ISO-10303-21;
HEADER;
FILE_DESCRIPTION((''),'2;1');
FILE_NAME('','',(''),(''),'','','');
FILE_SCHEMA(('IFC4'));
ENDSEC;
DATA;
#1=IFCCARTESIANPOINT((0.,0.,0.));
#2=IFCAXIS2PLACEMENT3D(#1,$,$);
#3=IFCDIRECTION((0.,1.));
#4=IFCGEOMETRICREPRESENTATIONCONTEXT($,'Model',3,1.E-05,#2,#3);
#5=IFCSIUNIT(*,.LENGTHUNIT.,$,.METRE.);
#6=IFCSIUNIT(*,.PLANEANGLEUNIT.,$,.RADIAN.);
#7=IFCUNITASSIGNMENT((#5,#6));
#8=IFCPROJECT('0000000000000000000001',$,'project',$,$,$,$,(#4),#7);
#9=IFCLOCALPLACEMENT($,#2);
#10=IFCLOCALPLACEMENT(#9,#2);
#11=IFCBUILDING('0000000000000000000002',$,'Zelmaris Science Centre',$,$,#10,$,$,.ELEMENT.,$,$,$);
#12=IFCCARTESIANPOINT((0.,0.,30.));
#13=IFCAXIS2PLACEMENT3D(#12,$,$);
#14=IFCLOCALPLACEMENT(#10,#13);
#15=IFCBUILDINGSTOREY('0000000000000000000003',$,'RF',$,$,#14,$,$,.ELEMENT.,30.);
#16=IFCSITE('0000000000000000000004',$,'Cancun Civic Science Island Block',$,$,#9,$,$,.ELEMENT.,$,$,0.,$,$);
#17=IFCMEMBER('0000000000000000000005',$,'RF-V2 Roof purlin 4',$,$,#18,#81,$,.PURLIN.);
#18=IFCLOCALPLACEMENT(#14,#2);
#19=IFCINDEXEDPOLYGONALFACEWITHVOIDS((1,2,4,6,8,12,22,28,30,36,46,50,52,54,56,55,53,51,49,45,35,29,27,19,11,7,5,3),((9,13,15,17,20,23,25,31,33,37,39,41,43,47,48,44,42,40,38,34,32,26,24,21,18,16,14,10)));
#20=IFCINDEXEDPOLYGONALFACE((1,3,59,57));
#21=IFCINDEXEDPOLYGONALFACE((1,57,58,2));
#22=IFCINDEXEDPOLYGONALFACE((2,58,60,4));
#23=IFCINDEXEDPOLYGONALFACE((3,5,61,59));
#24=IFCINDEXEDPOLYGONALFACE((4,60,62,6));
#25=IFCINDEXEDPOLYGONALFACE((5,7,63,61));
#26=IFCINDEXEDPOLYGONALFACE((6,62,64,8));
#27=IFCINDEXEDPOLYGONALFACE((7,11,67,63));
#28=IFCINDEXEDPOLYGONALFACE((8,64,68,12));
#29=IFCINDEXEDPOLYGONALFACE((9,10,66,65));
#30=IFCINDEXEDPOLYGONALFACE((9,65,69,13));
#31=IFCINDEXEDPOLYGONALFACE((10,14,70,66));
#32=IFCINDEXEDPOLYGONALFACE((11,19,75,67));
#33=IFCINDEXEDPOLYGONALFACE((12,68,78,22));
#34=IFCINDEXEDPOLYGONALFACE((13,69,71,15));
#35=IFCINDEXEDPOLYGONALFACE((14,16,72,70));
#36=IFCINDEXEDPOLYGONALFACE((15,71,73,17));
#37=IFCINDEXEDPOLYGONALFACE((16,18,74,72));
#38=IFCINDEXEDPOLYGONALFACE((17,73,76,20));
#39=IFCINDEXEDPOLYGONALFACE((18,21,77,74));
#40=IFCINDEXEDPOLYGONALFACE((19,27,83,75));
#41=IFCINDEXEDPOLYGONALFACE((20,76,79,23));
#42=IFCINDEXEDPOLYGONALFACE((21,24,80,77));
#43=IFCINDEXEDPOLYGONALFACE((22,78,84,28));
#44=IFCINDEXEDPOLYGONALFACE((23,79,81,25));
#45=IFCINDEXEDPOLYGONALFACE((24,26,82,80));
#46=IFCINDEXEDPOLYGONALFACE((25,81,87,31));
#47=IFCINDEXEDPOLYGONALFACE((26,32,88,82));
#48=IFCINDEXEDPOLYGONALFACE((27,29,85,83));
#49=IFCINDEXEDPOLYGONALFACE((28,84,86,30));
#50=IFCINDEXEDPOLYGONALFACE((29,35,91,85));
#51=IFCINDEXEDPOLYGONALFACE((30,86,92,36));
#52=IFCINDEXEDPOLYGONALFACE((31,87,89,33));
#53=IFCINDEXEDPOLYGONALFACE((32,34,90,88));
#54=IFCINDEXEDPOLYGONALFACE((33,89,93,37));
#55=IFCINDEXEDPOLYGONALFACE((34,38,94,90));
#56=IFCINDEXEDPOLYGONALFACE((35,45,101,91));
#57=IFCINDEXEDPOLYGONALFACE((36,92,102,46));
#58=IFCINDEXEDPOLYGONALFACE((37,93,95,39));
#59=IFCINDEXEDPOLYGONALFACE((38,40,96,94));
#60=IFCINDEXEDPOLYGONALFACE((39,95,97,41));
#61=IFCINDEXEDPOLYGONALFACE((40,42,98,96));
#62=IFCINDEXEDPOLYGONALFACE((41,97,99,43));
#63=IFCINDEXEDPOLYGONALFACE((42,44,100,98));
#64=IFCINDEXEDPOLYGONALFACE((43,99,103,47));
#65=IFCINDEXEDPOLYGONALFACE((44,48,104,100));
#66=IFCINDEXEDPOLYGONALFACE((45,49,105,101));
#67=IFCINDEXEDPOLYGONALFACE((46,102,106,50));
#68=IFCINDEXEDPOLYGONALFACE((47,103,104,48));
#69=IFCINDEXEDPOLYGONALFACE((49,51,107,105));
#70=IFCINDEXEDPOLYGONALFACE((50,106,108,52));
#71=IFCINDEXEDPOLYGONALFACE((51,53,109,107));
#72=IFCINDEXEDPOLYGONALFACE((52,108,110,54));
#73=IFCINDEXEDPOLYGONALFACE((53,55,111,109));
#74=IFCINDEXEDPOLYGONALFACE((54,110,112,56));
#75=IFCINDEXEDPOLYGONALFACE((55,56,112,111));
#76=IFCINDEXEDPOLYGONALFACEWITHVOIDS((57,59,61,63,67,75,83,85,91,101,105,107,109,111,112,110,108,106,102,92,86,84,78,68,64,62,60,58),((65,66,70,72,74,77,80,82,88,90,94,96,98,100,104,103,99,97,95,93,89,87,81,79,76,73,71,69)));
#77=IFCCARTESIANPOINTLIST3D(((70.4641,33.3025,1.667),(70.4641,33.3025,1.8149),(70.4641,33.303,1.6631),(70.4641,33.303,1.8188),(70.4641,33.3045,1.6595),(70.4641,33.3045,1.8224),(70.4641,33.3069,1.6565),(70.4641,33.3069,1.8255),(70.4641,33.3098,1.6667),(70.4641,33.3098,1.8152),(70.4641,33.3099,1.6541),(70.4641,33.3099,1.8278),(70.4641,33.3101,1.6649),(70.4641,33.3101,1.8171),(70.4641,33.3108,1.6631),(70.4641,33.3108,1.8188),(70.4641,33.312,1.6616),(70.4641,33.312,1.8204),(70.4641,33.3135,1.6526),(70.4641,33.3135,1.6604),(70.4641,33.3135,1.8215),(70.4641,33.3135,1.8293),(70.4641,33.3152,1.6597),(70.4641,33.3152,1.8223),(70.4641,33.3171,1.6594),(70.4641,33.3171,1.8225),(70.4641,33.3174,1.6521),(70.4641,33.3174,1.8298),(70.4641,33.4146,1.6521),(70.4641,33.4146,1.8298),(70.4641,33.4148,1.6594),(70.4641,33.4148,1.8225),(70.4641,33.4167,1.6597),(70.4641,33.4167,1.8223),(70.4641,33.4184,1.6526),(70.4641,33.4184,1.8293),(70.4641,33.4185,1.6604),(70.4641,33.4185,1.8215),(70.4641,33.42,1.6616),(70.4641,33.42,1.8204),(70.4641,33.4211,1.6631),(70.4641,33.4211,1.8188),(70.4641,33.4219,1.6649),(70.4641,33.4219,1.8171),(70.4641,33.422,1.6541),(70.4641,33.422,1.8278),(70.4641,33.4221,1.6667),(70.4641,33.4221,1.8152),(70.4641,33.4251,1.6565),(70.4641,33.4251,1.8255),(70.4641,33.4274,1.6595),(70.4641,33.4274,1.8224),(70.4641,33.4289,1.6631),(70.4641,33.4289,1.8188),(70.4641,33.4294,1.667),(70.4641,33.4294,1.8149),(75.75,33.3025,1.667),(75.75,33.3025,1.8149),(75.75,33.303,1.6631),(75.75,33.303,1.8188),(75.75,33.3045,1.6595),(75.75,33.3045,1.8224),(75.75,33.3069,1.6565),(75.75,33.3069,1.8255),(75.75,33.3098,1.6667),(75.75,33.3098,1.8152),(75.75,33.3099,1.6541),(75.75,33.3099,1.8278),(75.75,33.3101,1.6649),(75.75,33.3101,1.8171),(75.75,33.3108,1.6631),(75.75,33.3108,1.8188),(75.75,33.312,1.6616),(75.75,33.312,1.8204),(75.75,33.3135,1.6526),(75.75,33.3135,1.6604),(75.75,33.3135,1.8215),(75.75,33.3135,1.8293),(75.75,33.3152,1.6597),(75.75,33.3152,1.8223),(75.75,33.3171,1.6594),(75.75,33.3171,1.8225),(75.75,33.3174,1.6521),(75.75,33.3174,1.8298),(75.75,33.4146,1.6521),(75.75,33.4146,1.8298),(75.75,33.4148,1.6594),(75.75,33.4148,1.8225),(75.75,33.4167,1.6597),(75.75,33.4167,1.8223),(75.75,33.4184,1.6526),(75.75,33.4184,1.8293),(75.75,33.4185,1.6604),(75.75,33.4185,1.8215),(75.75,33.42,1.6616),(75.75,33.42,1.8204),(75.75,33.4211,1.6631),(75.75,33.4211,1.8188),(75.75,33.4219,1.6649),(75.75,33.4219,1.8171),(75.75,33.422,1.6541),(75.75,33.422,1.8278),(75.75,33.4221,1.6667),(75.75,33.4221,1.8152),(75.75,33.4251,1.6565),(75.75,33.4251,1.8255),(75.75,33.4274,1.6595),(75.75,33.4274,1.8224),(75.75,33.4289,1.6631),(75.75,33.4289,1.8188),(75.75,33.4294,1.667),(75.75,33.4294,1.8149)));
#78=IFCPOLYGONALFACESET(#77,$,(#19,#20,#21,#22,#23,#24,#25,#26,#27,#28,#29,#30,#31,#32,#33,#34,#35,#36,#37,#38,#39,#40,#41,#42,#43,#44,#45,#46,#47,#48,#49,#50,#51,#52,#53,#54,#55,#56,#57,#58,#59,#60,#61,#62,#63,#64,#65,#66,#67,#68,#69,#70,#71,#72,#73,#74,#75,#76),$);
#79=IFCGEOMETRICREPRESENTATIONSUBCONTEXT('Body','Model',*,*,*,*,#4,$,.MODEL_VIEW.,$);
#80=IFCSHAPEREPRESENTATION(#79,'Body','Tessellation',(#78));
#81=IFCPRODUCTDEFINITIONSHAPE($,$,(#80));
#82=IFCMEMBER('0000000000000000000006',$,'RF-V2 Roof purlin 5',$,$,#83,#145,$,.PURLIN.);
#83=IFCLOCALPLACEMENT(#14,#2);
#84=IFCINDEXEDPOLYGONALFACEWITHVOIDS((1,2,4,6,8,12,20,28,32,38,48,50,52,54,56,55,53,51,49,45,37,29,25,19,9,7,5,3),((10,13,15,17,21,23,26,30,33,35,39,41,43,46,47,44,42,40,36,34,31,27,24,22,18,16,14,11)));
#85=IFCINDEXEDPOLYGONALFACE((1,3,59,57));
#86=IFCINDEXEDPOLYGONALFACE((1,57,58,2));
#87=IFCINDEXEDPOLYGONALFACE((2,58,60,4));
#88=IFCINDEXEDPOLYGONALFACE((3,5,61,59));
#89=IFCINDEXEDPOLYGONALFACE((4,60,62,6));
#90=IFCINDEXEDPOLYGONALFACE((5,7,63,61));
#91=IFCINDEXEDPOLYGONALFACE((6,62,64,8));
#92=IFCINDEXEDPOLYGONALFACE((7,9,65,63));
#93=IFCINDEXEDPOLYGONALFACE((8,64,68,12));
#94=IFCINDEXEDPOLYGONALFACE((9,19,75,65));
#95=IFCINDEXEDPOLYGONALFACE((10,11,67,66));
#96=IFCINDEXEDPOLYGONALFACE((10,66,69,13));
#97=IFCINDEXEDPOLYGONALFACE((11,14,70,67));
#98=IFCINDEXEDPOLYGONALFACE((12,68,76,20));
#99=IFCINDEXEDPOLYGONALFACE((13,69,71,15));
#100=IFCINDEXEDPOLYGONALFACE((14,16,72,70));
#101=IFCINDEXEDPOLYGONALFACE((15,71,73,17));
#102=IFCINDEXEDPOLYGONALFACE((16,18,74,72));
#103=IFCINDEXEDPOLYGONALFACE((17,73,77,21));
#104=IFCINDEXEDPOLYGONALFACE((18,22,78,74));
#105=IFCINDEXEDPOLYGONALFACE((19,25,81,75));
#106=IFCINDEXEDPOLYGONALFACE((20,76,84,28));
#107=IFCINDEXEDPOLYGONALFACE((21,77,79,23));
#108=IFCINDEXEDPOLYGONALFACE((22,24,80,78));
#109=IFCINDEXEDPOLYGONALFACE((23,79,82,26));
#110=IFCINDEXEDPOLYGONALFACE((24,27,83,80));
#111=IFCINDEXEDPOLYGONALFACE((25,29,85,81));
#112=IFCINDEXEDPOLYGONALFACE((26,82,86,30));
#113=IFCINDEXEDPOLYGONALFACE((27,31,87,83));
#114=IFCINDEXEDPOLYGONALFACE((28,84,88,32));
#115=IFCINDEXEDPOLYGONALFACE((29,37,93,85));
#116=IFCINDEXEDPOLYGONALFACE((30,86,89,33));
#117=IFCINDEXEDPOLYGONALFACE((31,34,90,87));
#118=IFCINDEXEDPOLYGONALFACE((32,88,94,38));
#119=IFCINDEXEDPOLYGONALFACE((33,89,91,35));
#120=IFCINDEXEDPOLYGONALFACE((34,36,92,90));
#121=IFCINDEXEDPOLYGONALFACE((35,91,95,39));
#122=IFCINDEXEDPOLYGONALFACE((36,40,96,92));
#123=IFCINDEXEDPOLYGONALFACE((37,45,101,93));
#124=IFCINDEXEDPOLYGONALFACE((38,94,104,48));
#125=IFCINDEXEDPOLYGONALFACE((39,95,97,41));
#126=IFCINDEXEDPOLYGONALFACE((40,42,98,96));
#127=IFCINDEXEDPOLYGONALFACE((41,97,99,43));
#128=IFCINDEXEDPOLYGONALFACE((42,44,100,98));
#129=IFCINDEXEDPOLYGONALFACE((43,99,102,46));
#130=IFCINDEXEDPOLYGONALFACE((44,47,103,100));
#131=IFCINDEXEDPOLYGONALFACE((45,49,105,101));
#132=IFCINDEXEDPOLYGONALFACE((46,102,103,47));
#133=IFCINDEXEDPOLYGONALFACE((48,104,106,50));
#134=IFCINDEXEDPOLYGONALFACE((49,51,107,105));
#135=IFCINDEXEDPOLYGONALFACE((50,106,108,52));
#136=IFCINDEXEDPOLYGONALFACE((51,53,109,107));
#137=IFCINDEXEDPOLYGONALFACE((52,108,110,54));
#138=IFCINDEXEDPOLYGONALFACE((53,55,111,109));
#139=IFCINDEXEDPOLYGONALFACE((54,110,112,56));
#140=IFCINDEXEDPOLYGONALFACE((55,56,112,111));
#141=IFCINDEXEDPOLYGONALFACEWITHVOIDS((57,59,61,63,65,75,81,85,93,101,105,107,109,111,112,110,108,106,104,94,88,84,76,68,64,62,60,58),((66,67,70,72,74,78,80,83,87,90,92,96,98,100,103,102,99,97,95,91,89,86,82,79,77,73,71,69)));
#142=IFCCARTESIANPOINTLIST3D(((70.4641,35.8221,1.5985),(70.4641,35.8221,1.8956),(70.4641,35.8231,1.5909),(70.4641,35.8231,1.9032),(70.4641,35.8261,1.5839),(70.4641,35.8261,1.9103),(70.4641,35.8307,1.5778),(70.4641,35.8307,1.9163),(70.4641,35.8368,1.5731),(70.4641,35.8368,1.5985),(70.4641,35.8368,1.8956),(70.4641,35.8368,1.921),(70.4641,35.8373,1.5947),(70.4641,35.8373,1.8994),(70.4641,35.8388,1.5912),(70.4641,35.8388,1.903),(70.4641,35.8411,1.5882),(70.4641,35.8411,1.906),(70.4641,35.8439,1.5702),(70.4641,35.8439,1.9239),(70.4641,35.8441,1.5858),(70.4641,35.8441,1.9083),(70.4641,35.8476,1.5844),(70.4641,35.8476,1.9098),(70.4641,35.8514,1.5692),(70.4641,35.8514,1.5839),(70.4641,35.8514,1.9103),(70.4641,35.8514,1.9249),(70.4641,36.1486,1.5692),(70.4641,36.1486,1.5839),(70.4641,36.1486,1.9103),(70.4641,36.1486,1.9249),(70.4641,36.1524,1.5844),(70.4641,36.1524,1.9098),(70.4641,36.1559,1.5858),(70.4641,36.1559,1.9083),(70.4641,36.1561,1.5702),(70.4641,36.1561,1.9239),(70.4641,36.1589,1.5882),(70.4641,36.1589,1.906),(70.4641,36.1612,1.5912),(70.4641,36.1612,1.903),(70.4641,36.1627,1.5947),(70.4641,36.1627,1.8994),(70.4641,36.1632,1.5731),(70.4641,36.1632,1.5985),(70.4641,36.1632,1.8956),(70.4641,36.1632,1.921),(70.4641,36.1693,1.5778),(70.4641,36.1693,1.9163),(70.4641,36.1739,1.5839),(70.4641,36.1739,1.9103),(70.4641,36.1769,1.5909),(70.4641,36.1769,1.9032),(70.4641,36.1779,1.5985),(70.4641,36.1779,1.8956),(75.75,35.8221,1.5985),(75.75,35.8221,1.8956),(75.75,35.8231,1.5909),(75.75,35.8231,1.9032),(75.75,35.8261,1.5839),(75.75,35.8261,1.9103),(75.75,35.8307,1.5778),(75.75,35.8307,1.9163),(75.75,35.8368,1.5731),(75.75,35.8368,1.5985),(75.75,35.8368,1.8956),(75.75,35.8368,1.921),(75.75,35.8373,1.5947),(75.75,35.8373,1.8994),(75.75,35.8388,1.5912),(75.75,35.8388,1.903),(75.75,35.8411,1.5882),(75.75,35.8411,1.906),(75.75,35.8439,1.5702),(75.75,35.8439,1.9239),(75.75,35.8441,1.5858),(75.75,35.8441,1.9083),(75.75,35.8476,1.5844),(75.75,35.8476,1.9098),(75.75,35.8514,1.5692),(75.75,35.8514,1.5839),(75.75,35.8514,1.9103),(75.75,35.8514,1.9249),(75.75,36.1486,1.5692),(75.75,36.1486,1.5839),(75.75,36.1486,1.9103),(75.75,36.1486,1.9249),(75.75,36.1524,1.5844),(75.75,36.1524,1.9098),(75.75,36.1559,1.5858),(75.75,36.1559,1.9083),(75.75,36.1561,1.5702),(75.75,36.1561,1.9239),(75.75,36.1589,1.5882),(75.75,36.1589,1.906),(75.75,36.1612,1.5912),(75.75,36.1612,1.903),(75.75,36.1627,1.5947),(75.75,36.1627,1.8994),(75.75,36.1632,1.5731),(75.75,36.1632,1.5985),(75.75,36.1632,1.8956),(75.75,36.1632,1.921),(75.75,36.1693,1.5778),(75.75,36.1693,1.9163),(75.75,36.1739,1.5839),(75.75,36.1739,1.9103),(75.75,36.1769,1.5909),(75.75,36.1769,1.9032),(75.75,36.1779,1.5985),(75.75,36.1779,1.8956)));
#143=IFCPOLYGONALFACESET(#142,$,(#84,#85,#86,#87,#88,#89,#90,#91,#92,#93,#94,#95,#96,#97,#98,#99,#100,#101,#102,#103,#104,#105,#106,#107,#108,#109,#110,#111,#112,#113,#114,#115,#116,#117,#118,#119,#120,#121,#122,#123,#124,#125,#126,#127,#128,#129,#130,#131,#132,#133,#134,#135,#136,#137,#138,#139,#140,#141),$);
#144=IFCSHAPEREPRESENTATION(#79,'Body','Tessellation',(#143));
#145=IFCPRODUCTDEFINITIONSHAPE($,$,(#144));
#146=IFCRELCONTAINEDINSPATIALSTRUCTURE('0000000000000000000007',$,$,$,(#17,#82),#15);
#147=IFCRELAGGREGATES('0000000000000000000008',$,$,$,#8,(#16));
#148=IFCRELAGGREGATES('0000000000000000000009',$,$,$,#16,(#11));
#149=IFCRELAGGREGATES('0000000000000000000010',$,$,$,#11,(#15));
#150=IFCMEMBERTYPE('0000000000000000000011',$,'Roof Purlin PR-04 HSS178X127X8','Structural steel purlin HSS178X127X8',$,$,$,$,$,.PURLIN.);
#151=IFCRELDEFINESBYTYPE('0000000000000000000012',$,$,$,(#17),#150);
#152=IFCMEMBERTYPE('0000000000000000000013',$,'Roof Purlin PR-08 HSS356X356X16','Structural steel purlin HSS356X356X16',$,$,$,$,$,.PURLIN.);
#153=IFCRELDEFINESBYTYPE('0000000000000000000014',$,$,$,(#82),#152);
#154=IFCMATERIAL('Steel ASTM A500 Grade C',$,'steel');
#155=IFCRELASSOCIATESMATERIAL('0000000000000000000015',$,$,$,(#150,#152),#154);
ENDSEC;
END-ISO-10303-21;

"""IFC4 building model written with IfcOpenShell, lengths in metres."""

from ifc_helpers import new_model, si_unit, direction, frame, origin, origin_2d, place, context, subcontext, project, spatial, hollow_rectangle, extrude, material, material_profile, profile_set, type_object, element, save


model = new_model("IFC4")

# Units and contexts
model_context = context("Model", 3, precision=1e-05, world=origin(), true_north=direction((0.0, 1.0)))
body_context = subcontext(model_context, "Body", "Model", "MODEL_VIEW")
ifc_project = project(units=[si_unit("LENGTHUNIT", "METRE"), si_unit("PLANEANGLEUNIT", "RADIAN")], contexts=[model_context])

# Site, building, storey
site_placement = place(None, origin())
site = spatial("IfcSite", under=ifc_project, at=site_placement, Name="Cancun Civic Science Island Block", CompositionType="ELEMENT", RefElevation=0.0)
building_placement = place(site_placement, origin())
building = spatial("IfcBuilding", under=site, at=building_placement, Name="Zelmaris Science Centre", CompositionType="ELEMENT")
storey_placement = place(building_placement, frame((0.0, 0.0, 30.0)))
storey = spatial("IfcBuildingStorey", under=building, at=storey_placement, Name="RF", CompositionType="ELEMENT", Elevation=30.0)

# Shared definitions
ifc_material_1 = material(Name="Steel ASTM A500 Grade C", Category="steel")

# Members
ifc_material_profile_1 = material_profile(ifc_material_1, hollow_rectangle(XDim=0.127, YDim=0.1777, WallThickness=0.0073, InnerFilletRadius=0.0073, OuterFilletRadius=0.0149, at=origin_2d()), Name="HSS178X127X8")
ifc_profile_set_1 = profile_set([ifc_material_profile_1], Name="Steel ASTM A500 Grade C")
member_type_1 = type_object("IfcMemberType", Name="Roof Purlin PR-04 HSS178X127X8", Description="Structural steel purlin HSS178X127X8", PredefinedType="PURLIN", material=ifc_profile_set_1)
member_1_placement = place(storey_placement, frame((70.4641, 33.366, 1.741), z_axis=(1.0, 0.0, 0.0), x_axis=(0.0, 1.0, 0.0)))
element("IfcMember", 1, at=member_1_placement, inside=storey, type_object=member_type_1, Name="RF-V2 Roof purlin 4", PredefinedType="PURLIN", context=body_context, shape_type="SweptSolid", body=[
    extrude(hollow_rectangle(XDim=0.127, YDim=0.1777, WallThickness=0.0073, InnerFilletRadius=0.0073, OuterFilletRadius=0.0149, at=origin_2d()), origin(), (0.0, 0.0, 1.0), 5.2859),
])
ifc_material_profile_2 = material_profile(ifc_material_1, hollow_rectangle(XDim=0.3557, YDim=0.3557, WallThickness=0.0146, InnerFilletRadius=0.0146, OuterFilletRadius=0.0293, at=origin_2d()), Name="HSS356X356X16")
ifc_profile_set_2 = profile_set([ifc_material_profile_2], Name="Steel ASTM A500 Grade C")
member_type_2 = type_object("IfcMemberType", Name="Roof Purlin PR-08 HSS356X356X16", Description="Structural steel purlin HSS356X356X16", PredefinedType="PURLIN", material=ifc_profile_set_2)
for number, where, z_axis, x_axis, name in (
    (2, (70.4641, 36.0, 1.7471), (1.0, 0.0, 0.0), (0.0, 1.0, 0.0), "RF-V2 Roof purlin 5"),
):
    element("IfcMember", number, at=place(storey_placement, frame(where, z_axis=z_axis, x_axis=x_axis)), inside=storey, type_object=member_type_2, Name=name, PredefinedType="PURLIN", context=body_context, shape_type="SweptSolid", body=[
        extrude(hollow_rectangle(XDim=0.3557, YDim=0.3557, WallThickness=0.0146, InnerFilletRadius=0.0146, OuterFilletRadius=0.0293, at=origin_2d()), origin(), (0.0, 0.0, 1.0), 5.2859),
    ])

save(model, "model.ifc")
